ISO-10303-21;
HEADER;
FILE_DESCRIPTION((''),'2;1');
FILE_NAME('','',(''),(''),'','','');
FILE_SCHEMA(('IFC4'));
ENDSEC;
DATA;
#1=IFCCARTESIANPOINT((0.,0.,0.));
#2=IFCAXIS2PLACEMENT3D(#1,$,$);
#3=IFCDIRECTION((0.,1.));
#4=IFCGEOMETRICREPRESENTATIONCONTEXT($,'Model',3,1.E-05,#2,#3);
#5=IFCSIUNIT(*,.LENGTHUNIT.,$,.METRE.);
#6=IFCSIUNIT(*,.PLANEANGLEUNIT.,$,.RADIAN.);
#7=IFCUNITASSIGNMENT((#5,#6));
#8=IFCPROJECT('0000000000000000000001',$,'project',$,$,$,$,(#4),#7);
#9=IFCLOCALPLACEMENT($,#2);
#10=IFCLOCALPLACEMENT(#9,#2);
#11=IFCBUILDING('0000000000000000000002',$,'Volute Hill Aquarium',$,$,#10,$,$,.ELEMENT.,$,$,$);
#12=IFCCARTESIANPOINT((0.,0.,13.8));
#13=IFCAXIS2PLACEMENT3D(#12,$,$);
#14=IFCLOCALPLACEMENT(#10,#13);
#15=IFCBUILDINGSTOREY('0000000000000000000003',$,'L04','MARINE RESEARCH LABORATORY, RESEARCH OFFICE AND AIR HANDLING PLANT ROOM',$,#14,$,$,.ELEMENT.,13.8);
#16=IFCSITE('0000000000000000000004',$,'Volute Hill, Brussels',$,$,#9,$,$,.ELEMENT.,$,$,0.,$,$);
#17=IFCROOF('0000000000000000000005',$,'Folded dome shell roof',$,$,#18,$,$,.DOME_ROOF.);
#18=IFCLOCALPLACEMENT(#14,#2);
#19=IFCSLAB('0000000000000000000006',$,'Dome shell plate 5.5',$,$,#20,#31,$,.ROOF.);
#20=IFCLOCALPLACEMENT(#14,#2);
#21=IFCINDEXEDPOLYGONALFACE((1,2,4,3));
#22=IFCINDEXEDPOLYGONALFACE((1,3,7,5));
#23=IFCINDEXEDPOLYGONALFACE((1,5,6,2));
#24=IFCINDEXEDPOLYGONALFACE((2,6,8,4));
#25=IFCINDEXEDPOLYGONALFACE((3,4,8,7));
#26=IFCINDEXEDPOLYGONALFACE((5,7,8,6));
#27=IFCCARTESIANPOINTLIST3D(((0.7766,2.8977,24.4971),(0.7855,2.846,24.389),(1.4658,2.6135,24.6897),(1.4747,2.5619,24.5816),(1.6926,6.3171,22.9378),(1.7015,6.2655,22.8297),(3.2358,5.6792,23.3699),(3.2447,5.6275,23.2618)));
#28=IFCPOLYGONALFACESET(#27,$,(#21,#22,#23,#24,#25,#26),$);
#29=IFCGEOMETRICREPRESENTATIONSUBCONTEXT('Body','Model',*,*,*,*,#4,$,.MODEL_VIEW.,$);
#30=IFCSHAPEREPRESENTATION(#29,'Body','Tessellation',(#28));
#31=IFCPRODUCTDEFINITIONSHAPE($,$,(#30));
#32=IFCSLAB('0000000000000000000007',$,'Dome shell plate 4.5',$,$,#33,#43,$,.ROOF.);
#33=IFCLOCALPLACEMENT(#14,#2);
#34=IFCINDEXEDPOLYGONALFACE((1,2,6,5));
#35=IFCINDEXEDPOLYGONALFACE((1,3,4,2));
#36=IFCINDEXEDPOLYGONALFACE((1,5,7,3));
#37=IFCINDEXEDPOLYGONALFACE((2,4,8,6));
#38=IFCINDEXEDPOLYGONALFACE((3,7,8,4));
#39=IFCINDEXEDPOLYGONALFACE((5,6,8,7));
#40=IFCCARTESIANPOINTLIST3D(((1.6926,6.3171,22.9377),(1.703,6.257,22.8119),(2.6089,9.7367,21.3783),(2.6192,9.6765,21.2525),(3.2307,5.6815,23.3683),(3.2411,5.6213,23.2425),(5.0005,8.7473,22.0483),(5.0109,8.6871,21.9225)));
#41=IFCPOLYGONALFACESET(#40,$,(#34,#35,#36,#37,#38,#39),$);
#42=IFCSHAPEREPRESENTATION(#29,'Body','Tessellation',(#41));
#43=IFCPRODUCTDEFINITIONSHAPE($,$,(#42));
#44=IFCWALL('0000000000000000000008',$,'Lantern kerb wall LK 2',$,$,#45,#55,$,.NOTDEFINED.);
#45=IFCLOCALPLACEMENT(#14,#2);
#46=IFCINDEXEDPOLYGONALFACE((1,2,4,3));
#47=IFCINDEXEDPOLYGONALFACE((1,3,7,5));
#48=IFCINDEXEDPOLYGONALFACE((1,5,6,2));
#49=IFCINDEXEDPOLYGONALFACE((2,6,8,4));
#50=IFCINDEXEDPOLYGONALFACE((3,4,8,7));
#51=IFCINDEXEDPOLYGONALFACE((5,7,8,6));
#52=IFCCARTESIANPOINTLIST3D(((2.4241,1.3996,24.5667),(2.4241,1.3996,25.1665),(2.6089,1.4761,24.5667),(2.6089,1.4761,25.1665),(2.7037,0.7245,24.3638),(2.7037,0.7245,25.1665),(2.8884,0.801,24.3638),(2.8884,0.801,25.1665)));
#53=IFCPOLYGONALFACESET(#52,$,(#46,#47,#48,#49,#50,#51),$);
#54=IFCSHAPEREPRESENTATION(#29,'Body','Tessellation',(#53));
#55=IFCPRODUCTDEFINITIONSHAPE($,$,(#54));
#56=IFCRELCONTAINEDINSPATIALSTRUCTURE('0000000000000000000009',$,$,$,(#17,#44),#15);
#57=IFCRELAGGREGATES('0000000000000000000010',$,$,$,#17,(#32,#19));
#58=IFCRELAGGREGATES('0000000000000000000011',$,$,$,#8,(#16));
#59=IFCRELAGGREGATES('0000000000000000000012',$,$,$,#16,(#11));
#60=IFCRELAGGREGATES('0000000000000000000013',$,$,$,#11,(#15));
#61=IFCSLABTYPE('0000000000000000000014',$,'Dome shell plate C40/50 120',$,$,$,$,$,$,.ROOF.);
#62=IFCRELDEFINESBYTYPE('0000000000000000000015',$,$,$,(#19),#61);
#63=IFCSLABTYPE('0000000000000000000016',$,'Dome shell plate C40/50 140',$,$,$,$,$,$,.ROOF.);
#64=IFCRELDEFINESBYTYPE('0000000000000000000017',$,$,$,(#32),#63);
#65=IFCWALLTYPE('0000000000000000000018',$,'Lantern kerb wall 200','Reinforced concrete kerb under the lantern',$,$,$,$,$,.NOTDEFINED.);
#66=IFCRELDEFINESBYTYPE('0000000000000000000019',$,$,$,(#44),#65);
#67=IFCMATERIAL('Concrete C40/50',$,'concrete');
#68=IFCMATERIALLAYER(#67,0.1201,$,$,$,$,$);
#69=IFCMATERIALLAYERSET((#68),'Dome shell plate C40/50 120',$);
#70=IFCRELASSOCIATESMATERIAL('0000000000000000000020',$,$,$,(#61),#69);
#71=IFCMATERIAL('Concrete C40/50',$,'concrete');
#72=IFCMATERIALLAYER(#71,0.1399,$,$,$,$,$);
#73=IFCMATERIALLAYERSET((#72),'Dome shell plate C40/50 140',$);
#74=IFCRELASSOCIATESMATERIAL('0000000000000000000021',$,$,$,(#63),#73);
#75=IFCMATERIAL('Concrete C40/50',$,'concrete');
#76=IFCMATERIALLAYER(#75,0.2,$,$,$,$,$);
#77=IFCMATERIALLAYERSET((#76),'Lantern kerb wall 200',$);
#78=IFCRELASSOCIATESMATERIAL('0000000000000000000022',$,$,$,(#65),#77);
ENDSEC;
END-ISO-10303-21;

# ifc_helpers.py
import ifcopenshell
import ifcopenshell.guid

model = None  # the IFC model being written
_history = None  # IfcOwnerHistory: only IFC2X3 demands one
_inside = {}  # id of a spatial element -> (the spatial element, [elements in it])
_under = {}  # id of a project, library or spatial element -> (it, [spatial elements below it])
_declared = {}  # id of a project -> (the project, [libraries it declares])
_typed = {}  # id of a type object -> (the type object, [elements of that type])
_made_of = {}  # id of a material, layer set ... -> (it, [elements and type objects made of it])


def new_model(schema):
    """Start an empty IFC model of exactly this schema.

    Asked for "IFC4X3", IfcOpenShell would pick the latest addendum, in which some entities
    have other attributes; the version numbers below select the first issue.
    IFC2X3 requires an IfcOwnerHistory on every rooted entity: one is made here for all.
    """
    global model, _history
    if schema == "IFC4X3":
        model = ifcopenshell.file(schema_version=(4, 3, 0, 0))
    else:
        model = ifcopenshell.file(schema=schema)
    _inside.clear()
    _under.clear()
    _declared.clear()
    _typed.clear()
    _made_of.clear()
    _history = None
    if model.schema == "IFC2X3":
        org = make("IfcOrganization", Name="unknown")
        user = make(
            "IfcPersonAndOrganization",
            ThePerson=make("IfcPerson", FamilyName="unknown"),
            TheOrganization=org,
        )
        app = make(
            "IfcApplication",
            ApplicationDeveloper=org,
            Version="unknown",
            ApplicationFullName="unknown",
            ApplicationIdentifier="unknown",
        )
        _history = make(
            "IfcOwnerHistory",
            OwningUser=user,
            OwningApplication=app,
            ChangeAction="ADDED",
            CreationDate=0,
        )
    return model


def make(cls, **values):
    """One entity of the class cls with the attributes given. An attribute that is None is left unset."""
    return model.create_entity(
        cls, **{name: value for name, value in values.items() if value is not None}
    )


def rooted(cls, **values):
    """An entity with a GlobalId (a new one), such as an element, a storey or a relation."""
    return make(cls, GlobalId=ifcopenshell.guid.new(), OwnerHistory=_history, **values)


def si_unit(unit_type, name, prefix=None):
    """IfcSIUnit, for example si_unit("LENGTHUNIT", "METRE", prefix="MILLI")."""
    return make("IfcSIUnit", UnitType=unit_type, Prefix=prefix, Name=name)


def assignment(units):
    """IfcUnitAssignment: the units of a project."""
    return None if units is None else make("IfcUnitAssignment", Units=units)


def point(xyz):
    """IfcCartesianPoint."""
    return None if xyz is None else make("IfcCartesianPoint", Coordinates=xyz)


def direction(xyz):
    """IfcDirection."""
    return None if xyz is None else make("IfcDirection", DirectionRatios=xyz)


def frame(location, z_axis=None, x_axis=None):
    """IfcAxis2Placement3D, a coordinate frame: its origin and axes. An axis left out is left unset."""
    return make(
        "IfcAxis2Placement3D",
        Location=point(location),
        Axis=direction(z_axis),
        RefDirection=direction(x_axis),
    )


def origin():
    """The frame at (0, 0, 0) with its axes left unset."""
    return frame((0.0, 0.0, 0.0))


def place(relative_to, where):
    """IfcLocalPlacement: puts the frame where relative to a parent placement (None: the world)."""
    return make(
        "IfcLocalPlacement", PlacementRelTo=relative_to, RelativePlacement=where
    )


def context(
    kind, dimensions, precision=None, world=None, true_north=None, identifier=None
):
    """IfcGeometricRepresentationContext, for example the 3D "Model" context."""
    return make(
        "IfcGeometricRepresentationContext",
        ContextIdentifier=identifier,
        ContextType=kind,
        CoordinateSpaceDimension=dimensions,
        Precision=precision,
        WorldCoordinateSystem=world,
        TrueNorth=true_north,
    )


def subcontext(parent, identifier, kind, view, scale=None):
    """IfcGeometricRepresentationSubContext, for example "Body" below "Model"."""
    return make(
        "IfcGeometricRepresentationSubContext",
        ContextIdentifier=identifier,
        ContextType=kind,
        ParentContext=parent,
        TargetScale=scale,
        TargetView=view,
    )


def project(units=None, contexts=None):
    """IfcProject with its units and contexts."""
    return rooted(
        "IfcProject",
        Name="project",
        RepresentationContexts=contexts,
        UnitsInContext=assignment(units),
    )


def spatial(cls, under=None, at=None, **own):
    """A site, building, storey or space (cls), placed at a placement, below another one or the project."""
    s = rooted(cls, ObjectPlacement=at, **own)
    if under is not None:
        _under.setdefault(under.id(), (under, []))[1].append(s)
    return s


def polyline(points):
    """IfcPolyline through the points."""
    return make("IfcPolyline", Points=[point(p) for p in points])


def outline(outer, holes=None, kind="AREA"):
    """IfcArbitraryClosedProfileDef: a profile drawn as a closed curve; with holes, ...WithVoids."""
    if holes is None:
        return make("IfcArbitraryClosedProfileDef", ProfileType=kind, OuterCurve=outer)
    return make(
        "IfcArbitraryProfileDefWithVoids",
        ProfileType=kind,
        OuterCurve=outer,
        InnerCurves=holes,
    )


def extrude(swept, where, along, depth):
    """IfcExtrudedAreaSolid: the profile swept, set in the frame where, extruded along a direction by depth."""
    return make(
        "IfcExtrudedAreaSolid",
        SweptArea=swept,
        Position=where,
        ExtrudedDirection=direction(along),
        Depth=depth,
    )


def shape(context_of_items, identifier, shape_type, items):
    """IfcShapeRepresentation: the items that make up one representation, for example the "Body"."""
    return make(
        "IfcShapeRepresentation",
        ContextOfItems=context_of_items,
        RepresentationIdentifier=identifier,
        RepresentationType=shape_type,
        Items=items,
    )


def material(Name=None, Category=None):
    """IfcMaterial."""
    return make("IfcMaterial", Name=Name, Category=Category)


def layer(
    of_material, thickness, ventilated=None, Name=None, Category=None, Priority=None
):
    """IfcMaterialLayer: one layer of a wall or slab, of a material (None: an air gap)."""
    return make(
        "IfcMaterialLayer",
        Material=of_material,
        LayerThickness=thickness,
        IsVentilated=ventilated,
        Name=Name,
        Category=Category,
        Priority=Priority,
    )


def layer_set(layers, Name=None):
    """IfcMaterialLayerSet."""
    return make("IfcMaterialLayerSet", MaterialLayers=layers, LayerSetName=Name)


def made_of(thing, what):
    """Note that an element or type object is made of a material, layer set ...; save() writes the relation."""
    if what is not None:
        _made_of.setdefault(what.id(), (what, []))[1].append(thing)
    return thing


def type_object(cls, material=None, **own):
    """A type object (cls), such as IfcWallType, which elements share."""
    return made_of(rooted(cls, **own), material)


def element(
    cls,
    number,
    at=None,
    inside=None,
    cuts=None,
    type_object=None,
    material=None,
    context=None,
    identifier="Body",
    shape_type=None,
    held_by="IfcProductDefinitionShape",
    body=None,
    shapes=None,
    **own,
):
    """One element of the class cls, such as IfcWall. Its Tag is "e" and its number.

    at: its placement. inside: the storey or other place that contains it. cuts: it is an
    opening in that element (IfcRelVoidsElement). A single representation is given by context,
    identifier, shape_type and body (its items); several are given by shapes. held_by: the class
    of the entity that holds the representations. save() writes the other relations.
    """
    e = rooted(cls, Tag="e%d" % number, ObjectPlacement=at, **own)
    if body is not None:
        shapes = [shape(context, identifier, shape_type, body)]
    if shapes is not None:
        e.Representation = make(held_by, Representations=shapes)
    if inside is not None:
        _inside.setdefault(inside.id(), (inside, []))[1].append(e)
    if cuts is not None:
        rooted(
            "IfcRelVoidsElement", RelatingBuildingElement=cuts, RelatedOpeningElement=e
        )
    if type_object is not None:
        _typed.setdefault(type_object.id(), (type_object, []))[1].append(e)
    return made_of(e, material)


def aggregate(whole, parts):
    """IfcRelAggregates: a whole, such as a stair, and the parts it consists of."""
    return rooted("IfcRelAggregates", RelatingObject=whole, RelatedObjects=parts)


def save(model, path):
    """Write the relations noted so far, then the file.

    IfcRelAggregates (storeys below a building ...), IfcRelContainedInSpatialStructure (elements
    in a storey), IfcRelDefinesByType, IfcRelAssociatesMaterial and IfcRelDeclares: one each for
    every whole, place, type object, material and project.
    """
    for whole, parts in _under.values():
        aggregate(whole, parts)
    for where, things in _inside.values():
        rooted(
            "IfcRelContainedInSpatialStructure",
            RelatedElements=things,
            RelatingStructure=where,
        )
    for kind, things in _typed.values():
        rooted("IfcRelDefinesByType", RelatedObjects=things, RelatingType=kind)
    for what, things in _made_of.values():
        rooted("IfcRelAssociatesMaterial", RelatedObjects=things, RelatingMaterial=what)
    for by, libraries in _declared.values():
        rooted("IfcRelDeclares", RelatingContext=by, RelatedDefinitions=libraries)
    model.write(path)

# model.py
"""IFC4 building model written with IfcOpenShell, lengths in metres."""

from ifc_helpers import new_model, si_unit, direction, frame, origin, place, context, subcontext, project, spatial, polyline, outline, extrude, material, layer, layer_set, type_object, element, aggregate, save


model = new_model("IFC4")

# Units and contexts
model_context = context("Model", 3, precision=1e-05, world=origin(), true_north=direction((0.0, 1.0)))
body_context = subcontext(model_context, "Body", "Model", "MODEL_VIEW")
ifc_project = project(units=[si_unit("LENGTHUNIT", "METRE"), si_unit("PLANEANGLEUNIT", "RADIAN")], contexts=[model_context])

# Site, building, storey
site_placement = place(None, origin())
site = spatial("IfcSite", under=ifc_project, at=site_placement, Name="Volute Hill, Brussels", CompositionType="ELEMENT", RefElevation=0.0)
building_placement = place(site_placement, origin())
building = spatial("IfcBuilding", under=site, at=building_placement, Name="Volute Hill Aquarium", CompositionType="ELEMENT")
storey_placement = place(building_placement, frame((0.0, 0.0, 13.8)))
storey = spatial("IfcBuildingStorey", under=building, at=storey_placement, Name="L04", Description="MARINE RESEARCH LABORATORY, RESEARCH OFFICE AND AIR HANDLING PLANT ROOM", CompositionType="ELEMENT", Elevation=13.8)

# Roof, slabs
roof_placement = place(storey_placement, origin())
roof = element("IfcRoof", 1, at=roof_placement, inside=storey, Name="Folded dome shell roof", PredefinedType="DOME_ROOF")
ifc_material_1 = material(Name="Concrete C40/50", Category="concrete")
ifc_layer_1 = layer(ifc_material_1, 0.1201)
ifc_layer_set_1 = layer_set([ifc_layer_1], Name="Dome shell plate C40/50 120")
slab_type_1 = type_object("IfcSlabType", Name="Dome shell plate C40/50 120", PredefinedType="ROOF", material=ifc_layer_set_1)
slab_1_placement = place(storey_placement, frame((3.2358, 5.6792, 23.3699), z_axis=(-0.074118, 0.430139, 0.899715), x_axis=(-0.894679, 0.369848, -0.250522)))
slab_1 = element("IfcSlab", 2, at=slab_1_placement, type_object=slab_type_1, Name="Dome shell plate 5.5", PredefinedType="ROOF", context=body_context, shape_type="SweptSolid", body=[
    extrude(outline(polyline([(0.0, 0.0), (1.7249, 0.0), (0.8891, 3.7768), (0.1191, 3.7761), (0.0, 0.0)])), origin(), (0.0, 0.0, -1.0), 0.1201),
])
ifc_material_2 = material(Name="Concrete C40/50", Category="concrete")
ifc_layer_2 = layer(ifc_material_2, 0.1399)
ifc_layer_set_2 = layer_set([ifc_layer_2], Name="Dome shell plate C40/50 140")
slab_type_2 = type_object("IfcSlabType", Name="Dome shell plate C40/50 140", PredefinedType="ROOF", material=ifc_layer_set_2)
slab_2_placement = place(storey_placement, frame((5.0005, 8.7473, 22.0483), z_axis=(-0.074106, 0.43015, 0.899711), x_axis=(-0.894569, 0.370057, -0.250606)))
slab_2 = element("IfcSlab", 3, at=slab_2_placement, type_object=slab_type_2, Name="Dome shell plate 4.5", PredefinedType="ROOF", context=body_context, shape_type="SweptSolid", body=[
    extrude(outline(polyline([(0.0, 0.0), (2.6735, 0.0), (1.8369, 3.7768), (0.1179, 3.7762), (0.0, 0.0)])), origin(), (0.0, 0.0, -1.0), 0.1399),
])
aggregate(roof, [slab_2, slab_1])

# Wall
ifc_material_3 = material(Name="Concrete C40/50", Category="concrete")
ifc_layer_3 = layer(ifc_material_3, 0.2)
ifc_layer_set_3 = layer_set([ifc_layer_3], Name="Lantern kerb wall 200")
wall_type = type_object("IfcWallType", Name="Lantern kerb wall 200", Description="Reinforced concrete kerb under the lantern", PredefinedType="NOTDEFINED", material=ifc_layer_set_3)
wall_placement = place(storey_placement, frame((2.8884, 0.801, 24.3638), z_axis=(0.923915, 0.382598, 0.0), x_axis=(-0.368649, 0.890232, 0.267553)))
element("IfcWall", 4, at=wall_placement, inside=storey, type_object=wall_type, Name="Lantern kerb wall LK 2", PredefinedType="NOTDEFINED", context=body_context, shape_type="SweptSolid", body=[
    extrude(outline(polyline([(0.0, 0.0), (0.7583, 0.0), (0.9188, 0.578), (0.2148, 0.7735), (0.0, 0.0)])), origin(), (0.0, 0.0, -1.0), 0.2),
])

save(model, "model.ifc")
